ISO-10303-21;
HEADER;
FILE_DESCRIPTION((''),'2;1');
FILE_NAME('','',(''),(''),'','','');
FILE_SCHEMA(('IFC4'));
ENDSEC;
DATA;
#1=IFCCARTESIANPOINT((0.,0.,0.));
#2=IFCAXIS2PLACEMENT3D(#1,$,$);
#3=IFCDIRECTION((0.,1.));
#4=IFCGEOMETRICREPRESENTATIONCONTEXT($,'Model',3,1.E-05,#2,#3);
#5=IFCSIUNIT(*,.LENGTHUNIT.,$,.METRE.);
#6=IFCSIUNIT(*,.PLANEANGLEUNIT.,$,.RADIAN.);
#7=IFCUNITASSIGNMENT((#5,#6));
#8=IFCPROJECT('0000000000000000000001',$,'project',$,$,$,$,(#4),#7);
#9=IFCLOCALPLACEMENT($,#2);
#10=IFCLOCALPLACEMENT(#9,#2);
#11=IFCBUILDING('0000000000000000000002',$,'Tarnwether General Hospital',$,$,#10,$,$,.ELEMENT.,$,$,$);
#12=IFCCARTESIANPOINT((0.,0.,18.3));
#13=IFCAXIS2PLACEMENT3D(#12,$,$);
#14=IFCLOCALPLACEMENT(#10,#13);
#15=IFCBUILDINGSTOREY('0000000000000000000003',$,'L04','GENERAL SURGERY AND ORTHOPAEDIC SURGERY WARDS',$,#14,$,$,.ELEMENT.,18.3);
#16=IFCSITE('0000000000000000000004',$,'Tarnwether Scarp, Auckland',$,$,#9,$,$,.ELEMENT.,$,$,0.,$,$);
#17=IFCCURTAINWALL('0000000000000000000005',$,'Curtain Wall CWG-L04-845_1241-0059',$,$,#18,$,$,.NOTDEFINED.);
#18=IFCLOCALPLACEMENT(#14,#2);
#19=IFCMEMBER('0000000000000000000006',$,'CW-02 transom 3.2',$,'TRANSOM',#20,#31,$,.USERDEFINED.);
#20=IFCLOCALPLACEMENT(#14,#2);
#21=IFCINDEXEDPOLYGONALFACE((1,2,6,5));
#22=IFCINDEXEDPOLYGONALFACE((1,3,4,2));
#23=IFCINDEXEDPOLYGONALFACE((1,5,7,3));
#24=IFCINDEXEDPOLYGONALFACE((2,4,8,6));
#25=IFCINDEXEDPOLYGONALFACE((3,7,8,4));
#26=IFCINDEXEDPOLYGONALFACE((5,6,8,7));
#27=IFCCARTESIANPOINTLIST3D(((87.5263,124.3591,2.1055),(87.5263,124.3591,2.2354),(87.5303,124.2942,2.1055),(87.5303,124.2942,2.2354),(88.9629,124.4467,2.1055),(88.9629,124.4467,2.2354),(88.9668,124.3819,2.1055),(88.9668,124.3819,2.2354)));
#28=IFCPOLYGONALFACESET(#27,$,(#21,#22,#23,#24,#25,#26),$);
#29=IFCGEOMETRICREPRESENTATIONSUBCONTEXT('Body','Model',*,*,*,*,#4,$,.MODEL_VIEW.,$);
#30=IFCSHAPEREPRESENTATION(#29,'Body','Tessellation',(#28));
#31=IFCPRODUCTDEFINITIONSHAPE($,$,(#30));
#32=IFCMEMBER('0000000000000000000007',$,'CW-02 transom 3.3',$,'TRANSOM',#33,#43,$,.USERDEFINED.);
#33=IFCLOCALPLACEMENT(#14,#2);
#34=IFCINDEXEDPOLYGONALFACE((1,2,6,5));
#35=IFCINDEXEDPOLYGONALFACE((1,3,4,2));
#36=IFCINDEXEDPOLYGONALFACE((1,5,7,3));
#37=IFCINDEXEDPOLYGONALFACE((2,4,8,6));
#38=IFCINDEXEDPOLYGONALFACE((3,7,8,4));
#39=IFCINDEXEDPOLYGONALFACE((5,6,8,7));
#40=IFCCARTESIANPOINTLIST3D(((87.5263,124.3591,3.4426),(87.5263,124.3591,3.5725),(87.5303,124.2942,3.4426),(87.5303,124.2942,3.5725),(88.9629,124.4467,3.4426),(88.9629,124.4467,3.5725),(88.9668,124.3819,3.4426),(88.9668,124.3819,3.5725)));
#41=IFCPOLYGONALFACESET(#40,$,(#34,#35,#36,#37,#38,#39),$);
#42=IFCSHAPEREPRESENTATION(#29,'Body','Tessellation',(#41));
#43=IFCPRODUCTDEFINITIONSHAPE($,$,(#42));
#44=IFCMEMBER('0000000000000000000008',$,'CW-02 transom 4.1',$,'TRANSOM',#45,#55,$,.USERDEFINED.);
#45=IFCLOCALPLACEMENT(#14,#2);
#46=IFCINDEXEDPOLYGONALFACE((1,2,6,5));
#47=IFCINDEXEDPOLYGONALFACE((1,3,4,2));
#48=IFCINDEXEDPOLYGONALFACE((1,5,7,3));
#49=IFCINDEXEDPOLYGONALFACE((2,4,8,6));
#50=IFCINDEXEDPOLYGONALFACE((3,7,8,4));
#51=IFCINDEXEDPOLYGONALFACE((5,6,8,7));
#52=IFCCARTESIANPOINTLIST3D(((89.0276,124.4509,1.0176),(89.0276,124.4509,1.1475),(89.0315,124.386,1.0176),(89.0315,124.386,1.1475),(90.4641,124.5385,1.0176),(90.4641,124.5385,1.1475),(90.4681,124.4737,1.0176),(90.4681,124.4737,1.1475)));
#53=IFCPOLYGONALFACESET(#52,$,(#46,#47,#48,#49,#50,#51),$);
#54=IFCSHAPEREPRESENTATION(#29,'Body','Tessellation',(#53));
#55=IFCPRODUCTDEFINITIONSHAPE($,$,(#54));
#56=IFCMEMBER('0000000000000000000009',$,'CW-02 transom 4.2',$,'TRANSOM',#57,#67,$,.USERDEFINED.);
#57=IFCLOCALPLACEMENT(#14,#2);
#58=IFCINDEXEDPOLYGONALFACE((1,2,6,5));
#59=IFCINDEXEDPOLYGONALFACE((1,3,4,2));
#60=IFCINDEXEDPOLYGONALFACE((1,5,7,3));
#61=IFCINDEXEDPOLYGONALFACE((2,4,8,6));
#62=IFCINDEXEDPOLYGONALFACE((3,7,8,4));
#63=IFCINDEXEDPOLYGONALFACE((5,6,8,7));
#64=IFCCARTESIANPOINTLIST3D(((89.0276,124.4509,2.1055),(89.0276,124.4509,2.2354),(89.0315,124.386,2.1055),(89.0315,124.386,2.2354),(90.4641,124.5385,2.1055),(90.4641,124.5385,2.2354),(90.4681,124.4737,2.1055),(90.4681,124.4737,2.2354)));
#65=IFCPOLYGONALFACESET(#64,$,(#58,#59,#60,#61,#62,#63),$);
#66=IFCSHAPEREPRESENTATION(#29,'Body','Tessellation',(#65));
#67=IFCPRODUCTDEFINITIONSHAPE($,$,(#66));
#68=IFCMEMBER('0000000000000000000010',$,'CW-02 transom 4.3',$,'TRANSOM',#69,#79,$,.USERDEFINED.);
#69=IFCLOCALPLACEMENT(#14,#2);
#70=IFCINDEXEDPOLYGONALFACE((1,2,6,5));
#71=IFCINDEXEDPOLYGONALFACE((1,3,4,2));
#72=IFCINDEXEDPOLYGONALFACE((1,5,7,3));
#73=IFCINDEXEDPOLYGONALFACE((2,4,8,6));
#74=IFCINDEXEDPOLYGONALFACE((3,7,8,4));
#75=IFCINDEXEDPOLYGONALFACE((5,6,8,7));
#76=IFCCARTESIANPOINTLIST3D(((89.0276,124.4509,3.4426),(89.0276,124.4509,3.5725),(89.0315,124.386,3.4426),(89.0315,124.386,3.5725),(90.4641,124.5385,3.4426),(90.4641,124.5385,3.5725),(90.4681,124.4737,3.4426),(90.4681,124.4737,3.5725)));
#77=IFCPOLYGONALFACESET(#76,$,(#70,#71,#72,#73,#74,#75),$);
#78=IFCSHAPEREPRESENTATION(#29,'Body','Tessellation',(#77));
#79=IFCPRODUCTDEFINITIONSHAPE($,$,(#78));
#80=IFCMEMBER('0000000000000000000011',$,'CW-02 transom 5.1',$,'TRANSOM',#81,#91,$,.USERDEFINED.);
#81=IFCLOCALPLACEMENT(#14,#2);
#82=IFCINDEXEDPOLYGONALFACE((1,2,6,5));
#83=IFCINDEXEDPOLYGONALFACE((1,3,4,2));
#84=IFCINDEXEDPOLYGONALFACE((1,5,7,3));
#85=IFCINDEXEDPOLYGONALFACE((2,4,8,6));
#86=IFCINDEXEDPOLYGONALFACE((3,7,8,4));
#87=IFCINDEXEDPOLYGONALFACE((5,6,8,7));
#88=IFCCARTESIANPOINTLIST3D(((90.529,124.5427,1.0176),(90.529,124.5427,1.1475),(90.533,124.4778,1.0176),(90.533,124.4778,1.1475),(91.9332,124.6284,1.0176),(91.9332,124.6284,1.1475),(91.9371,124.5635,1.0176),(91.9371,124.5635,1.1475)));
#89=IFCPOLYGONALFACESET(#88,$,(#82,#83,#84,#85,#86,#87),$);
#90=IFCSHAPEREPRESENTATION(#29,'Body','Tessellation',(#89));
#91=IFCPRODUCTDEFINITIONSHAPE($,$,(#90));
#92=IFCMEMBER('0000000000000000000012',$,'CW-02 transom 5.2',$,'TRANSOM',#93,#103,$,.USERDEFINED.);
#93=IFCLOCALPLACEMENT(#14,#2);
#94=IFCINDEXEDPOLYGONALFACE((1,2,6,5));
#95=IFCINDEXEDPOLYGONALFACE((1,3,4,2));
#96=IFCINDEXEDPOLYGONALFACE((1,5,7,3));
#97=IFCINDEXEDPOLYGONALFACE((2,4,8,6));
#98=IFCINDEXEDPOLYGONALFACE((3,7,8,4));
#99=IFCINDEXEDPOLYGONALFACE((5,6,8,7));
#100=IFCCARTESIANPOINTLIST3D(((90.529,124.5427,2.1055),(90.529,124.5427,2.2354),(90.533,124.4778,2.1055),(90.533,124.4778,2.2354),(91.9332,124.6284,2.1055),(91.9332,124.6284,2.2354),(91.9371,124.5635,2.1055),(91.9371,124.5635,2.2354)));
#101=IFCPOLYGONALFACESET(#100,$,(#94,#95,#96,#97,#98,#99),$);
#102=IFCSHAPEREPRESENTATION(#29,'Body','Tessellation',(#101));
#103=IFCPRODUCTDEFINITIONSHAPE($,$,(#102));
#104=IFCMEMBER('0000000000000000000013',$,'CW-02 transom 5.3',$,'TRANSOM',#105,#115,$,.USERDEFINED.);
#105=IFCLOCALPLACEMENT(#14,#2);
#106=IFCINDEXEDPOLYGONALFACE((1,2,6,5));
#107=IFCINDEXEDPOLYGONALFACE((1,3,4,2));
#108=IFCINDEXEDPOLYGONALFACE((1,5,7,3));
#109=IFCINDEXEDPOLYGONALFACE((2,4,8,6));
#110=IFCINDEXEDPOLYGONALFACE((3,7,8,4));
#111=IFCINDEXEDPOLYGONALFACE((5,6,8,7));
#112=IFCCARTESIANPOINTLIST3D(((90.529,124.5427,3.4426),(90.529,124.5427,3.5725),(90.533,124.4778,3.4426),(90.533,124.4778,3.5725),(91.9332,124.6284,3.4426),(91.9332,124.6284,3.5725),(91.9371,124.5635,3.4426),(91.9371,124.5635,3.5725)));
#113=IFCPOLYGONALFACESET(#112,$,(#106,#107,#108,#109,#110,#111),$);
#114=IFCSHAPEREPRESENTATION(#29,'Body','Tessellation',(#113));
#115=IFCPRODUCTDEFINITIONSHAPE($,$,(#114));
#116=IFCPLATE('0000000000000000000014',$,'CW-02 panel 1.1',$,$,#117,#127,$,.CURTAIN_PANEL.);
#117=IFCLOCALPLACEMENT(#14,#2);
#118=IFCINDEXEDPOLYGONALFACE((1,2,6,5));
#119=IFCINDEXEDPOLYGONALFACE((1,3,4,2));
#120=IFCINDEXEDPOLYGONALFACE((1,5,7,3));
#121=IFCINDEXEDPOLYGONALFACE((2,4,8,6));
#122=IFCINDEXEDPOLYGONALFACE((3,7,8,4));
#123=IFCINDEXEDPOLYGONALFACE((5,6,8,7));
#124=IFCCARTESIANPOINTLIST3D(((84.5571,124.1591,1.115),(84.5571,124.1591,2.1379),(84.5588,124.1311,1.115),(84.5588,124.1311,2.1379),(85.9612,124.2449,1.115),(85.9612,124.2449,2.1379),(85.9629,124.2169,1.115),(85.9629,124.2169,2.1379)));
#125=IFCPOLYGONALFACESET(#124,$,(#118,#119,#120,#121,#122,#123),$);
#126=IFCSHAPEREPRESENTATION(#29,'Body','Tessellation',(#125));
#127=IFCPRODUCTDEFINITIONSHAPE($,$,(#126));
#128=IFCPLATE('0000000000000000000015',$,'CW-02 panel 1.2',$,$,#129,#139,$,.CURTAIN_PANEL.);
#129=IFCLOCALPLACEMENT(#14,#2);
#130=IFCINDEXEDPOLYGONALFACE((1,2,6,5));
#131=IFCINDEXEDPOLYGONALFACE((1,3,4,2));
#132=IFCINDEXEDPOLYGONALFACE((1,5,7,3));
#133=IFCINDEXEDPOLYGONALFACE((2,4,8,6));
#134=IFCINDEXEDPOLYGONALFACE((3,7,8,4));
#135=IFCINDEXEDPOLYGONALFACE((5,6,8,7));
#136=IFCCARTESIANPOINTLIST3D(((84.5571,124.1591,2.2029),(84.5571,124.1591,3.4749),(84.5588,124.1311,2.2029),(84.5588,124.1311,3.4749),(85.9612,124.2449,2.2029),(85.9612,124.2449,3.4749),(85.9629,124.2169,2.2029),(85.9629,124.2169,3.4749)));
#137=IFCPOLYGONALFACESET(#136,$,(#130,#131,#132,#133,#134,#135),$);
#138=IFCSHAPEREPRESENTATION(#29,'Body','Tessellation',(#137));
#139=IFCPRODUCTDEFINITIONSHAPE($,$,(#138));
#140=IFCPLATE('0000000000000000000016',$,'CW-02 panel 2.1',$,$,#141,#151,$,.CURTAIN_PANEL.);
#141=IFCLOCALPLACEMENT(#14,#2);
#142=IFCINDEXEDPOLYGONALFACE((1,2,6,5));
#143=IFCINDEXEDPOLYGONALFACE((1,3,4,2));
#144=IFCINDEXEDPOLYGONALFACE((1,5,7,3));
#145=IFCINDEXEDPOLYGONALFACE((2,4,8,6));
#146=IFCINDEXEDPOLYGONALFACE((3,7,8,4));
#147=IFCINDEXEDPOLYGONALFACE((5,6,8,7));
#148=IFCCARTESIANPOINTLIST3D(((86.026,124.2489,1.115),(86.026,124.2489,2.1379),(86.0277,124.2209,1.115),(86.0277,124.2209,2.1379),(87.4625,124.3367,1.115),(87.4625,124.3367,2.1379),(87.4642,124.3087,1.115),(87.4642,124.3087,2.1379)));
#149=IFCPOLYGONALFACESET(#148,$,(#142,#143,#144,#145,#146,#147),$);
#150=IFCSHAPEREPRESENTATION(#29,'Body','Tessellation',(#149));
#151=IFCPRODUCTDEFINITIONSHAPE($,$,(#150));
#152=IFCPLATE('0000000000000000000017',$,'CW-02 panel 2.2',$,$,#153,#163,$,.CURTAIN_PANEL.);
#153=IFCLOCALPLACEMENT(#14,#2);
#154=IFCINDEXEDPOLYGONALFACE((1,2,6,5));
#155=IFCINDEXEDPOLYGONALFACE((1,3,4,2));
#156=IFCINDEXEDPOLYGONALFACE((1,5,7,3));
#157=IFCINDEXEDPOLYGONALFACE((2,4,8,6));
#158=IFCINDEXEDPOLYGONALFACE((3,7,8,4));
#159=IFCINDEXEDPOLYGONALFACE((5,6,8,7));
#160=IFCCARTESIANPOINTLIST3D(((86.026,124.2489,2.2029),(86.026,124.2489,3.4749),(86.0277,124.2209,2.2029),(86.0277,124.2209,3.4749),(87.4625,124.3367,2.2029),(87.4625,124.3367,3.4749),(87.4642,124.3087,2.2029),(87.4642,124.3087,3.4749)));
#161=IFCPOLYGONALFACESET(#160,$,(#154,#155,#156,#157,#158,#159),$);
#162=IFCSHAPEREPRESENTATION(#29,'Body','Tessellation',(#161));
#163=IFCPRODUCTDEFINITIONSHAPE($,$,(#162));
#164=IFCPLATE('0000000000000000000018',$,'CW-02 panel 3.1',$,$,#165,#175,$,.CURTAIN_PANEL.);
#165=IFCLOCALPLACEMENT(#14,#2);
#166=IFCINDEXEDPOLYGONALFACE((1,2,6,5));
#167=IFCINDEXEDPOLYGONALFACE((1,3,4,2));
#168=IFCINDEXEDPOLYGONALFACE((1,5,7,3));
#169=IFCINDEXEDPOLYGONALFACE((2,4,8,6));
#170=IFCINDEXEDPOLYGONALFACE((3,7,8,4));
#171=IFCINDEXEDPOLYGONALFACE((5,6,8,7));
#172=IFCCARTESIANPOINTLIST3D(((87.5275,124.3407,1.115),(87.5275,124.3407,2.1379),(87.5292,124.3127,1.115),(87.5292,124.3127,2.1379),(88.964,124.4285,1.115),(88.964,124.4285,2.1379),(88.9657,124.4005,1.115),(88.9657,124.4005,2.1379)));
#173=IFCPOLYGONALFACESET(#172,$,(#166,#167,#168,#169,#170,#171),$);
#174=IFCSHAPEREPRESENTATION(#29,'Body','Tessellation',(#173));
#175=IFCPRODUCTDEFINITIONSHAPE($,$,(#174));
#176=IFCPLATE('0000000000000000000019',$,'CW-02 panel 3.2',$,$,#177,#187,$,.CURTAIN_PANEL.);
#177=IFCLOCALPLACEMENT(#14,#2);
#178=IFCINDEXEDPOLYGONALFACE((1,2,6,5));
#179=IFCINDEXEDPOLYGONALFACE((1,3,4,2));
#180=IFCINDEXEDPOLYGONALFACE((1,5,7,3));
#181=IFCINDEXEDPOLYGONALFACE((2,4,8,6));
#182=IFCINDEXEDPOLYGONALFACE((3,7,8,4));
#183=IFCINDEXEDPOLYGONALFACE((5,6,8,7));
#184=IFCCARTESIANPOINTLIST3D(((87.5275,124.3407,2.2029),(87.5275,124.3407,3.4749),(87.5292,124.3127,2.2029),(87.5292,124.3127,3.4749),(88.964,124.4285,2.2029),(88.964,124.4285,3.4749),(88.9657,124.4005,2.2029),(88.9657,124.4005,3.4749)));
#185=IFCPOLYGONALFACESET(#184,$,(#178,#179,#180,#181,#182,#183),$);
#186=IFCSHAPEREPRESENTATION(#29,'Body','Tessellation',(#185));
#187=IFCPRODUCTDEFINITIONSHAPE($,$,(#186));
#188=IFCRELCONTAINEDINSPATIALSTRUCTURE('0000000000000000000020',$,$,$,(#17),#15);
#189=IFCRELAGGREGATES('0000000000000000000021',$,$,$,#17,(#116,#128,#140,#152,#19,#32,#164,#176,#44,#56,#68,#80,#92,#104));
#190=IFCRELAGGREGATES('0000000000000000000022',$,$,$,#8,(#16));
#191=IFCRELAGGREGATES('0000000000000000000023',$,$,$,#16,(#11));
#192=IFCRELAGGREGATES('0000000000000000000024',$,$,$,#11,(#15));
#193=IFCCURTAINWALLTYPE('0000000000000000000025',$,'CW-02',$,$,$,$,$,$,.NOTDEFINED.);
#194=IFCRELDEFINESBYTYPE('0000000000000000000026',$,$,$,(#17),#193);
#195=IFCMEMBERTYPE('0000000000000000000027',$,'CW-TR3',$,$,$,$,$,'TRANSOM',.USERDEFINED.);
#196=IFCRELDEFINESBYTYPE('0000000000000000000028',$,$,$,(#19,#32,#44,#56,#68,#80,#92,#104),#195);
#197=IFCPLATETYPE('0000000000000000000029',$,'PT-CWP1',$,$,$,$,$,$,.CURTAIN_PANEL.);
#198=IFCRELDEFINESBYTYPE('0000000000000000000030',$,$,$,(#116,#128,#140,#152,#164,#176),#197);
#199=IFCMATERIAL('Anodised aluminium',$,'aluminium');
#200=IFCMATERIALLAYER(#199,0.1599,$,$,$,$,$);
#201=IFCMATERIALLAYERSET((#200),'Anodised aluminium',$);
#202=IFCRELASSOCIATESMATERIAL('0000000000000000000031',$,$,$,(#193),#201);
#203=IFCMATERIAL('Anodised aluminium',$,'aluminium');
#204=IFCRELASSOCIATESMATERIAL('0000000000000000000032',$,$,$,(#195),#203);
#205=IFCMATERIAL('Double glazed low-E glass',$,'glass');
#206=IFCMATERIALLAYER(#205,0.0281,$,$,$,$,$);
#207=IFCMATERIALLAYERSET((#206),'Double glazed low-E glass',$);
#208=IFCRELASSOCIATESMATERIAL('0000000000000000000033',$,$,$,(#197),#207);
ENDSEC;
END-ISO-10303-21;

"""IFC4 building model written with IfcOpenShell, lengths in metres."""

from ifc_helpers import new_model, si_unit, direction, frame, origin, origin_2d, place, context, subcontext, project, spatial, rectangle, extrude, material, layer, layer_set, material_profile, profile_set, type_object, element, aggregate, save


model = new_model("IFC4")

# Units and contexts
model_context = context("Model", 3, precision=1e-05, world=origin(), true_north=direction((0.0, 1.0)))
body_context = subcontext(model_context, "Body", "Model", "MODEL_VIEW")
ifc_project = project(units=[si_unit("LENGTHUNIT", "METRE"), si_unit("PLANEANGLEUNIT", "RADIAN")], contexts=[model_context])

# Site, building, storey
site_placement = place(None, origin())
site = spatial("IfcSite", under=ifc_project, at=site_placement, Name="Tarnwether Scarp, Auckland", CompositionType="ELEMENT", RefElevation=0.0)
building_placement = place(site_placement, origin())
building = spatial("IfcBuilding", under=site, at=building_placement, Name="Tarnwether General Hospital", CompositionType="ELEMENT")
storey_placement = place(building_placement, frame((0.0, 0.0, 18.3)))
storey = spatial("IfcBuildingStorey", under=building, at=storey_placement, Name="L04", Description="GENERAL SURGERY AND ORTHOPAEDIC SURGERY WARDS", CompositionType="ELEMENT", Elevation=18.3)

# Curtain wall
ifc_material_1 = material(Name="Anodised aluminium", Category="aluminium")
ifc_layer_1 = layer(ifc_material_1, 0.1599)
ifc_layer_set_1 = layer_set([ifc_layer_1], Name="Anodised aluminium")
curtain_wall_type = type_object("IfcCurtainWallType", Name="CW-02", PredefinedType="NOTDEFINED", material=ifc_layer_set_1)
curtain_wall_1_placement = place(storey_placement, origin())
curtain_wall_1 = element("IfcCurtainWall", 1, at=curtain_wall_1_placement, inside=storey, type_object=curtain_wall_type, Name="Curtain Wall CWG-L04-845_1241-0059", PredefinedType="NOTDEFINED")

# Members
ifc_material_2 = material(Name="Anodised aluminium", Category="aluminium")
ifc_material_profile_1 = material_profile(ifc_material_2, rectangle(XDim=0.0649, YDim=0.1299, at=origin_2d()), Name="ALU-TRN-65x130")
ifc_profile_set_1 = profile_set([ifc_material_profile_1], Name="Anodised aluminium")
member_type_1 = type_object("IfcMemberType", Name="CW-TR3", ElementType="TRANSOM", PredefinedType="USERDEFINED", material=ifc_profile_set_1)
member_1_placement = place(storey_placement, frame((87.5283, 124.3267, 2.1704), z_axis=(0.998144, 0.0609, 0.0), x_axis=(-0.0609, 0.998144, 0.0)))
member_1 = element("IfcMember", 2, at=member_1_placement, type_object=member_type_1, Name="CW-02 transom 3.2", ObjectType="TRANSOM", PredefinedType="USERDEFINED", context=body_context, shape_type="SweptSolid", body=[
    extrude(rectangle(XDim=0.0649, YDim=0.1299, at=origin_2d()), origin(), (0.0, 0.0, 1.0), 1.4392),
])
member_2_placement = place(storey_placement, frame((87.5283, 124.3267, 3.5076), z_axis=(0.998144, 0.0609, 0.0), x_axis=(-0.0609, 0.998144, 0.0)))
member_2 = element("IfcMember", 3, at=member_2_placement, type_object=member_type_1, Name="CW-02 transom 3.3", ObjectType="TRANSOM", PredefinedType="USERDEFINED", context=body_context, shape_type="SweptSolid", body=[
    extrude(rectangle(XDim=0.0649, YDim=0.1299, at=origin_2d()), origin(), (0.0, 0.0, 1.0), 1.4392),
])
member_3_placement = place(storey_placement, frame((89.0295, 124.4185, 1.0825), z_axis=(0.998144, 0.0609, 0.0), x_axis=(-0.0609, 0.998144, 0.0)))
member_3 = element("IfcMember", 4, at=member_3_placement, type_object=member_type_1, Name="CW-02 transom 4.1", ObjectType="TRANSOM", PredefinedType="USERDEFINED", context=body_context, shape_type="SweptSolid", body=[
    extrude(rectangle(XDim=0.0649, YDim=0.1299, at=origin_2d()), origin(), (0.0, 0.0, 1.0), 1.4392),
])
member_4_placement = place(storey_placement, frame((89.0295, 124.4185, 2.1704), z_axis=(0.998144, 0.0609, 0.0), x_axis=(-0.0609, 0.998144, 0.0)))
member_4 = element("IfcMember", 5, at=member_4_placement, type_object=member_type_1, Name="CW-02 transom 4.2", ObjectType="TRANSOM", PredefinedType="USERDEFINED", context=body_context, shape_type="SweptSolid", body=[
    extrude(rectangle(XDim=0.0649, YDim=0.1299, at=origin_2d()), origin(), (0.0, 0.0, 1.0), 1.4392),
])
member_5_placement = place(storey_placement, frame((89.0295, 124.4185, 3.5076), z_axis=(0.998144, 0.0609, 0.0), x_axis=(-0.0609, 0.998144, 0.0)))
member_5 = element("IfcMember", 6, at=member_5_placement, type_object=member_type_1, Name="CW-02 transom 4.3", ObjectType="TRANSOM", PredefinedType="USERDEFINED", context=body_context, shape_type="SweptSolid", body=[
    extrude(rectangle(XDim=0.0649, YDim=0.1299, at=origin_2d()), origin(), (0.0, 0.0, 1.0), 1.4392),
])
member_6_placement = place(storey_placement, frame((90.531, 124.5103, 1.0825), z_axis=(0.998143, 0.06092, 0.0), x_axis=(-0.06092, 0.998143, 0.0)))
member_6 = element("IfcMember", 7, at=member_6_placement, type_object=member_type_1, Name="CW-02 transom 5.1", ObjectType="TRANSOM", PredefinedType="USERDEFINED", context=body_context, shape_type="SweptSolid", body=[
    extrude(rectangle(XDim=0.0649, YDim=0.1299, at=origin_2d()), origin(), (0.0, 0.0, 1.0), 1.4067),
])
member_7_placement = place(storey_placement, frame((90.531, 124.5103, 2.1704), z_axis=(0.998143, 0.06092, 0.0), x_axis=(-0.06092, 0.998143, 0.0)))
member_7 = element("IfcMember", 8, at=member_7_placement, type_object=member_type_1, Name="CW-02 transom 5.2", ObjectType="TRANSOM", PredefinedType="USERDEFINED", context=body_context, shape_type="SweptSolid", body=[
    extrude(rectangle(XDim=0.0649, YDim=0.1299, at=origin_2d()), origin(), (0.0, 0.0, 1.0), 1.4067),
])
member_8_placement = place(storey_placement, frame((90.531, 124.5103, 3.5076), z_axis=(0.998143, 0.06092, 0.0), x_axis=(-0.06092, 0.998143, 0.0)))
member_8 = element("IfcMember", 9, at=member_8_placement, type_object=member_type_1, Name="CW-02 transom 5.3", ObjectType="TRANSOM", PredefinedType="USERDEFINED", context=body_context, shape_type="SweptSolid", body=[
    extrude(rectangle(XDim=0.0649, YDim=0.1299, at=origin_2d()), origin(), (0.0, 0.0, 1.0), 1.4067),
])

# Plates
ifc_material_3 = material(Name="Double glazed low-E glass", Category="glass")
ifc_layer_2 = layer(ifc_material_3, 0.0281)
ifc_layer_set_2 = layer_set([ifc_layer_2], Name="Double glazed low-E glass")
plate_type_1 = type_object("IfcPlateType", Name="PT-CWP1", PredefinedType="CURTAIN_PANEL", material=ifc_layer_set_2)
plate_1_placement = place(storey_placement, frame((85.26, 124.188, 1.115), z_axis=(0.0, 0.0, 1.0), x_axis=(0.998136, 0.061029, 0.0)))
plate_1 = element("IfcPlate", 10, at=plate_1_placement, type_object=plate_type_1, Name="CW-02 panel 1.1", PredefinedType="CURTAIN_PANEL", context=body_context, shape_type="SweptSolid", body=[
    extrude(rectangle(XDim=1.4067, YDim=0.0281, at=origin_2d()), origin(), (0.0, 0.0, 1.0), 1.0229),
])
plate_2_placement = place(storey_placement, frame((85.26, 124.188, 2.2029), z_axis=(0.0, 0.0, 1.0), x_axis=(0.998136, 0.061029, 0.0)))
plate_2 = element("IfcPlate", 11, at=plate_2_placement, type_object=plate_type_1, Name="CW-02 panel 1.2", PredefinedType="CURTAIN_PANEL", context=body_context, shape_type="SweptSolid", body=[
    extrude(rectangle(XDim=1.4067, YDim=0.0281, at=origin_2d()), origin(), (0.0, 0.0, 1.0), 1.272),
])
plate_3_placement = place(storey_placement, frame((86.7451, 124.2788, 1.115), z_axis=(0.0, 0.0, 1.0), x_axis=(0.998136, 0.061029, 0.0)))
plate_3 = element("IfcPlate", 12, at=plate_3_placement, type_object=plate_type_1, Name="CW-02 panel 2.1", PredefinedType="CURTAIN_PANEL", context=body_context, shape_type="SweptSolid", body=[
    extrude(rectangle(XDim=1.4392, YDim=0.0281, at=origin_2d()), origin(), (0.0, 0.0, 1.0), 1.0229),
])
plate_4_placement = place(storey_placement, frame((86.7451, 124.2788, 2.2029), z_axis=(0.0, 0.0, 1.0), x_axis=(0.998136, 0.061029, 0.0)))
plate_4 = element("IfcPlate", 13, at=plate_4_placement, type_object=plate_type_1, Name="CW-02 panel 2.2", PredefinedType="CURTAIN_PANEL", context=body_context, shape_type="SweptSolid", body=[
    extrude(rectangle(XDim=1.4392, YDim=0.0281, at=origin_2d()), origin(), (0.0, 0.0, 1.0), 1.272),
])
plate_5_placement = place(storey_placement, frame((88.2466, 124.3706, 1.115), z_axis=(0.0, 0.0, 1.0), x_axis=(0.998136, 0.061029, 0.0)))
plate_5 = element("IfcPlate", 14, at=plate_5_placement, type_object=plate_type_1, Name="CW-02 panel 3.1", PredefinedType="CURTAIN_PANEL", context=body_context, shape_type="SweptSolid", body=[
    extrude(rectangle(XDim=1.4392, YDim=0.0281, at=origin_2d()), origin(), (0.0, 0.0, 1.0), 1.0229),
])
plate_6_placement = place(storey_placement, frame((88.2466, 124.3706, 2.2029), z_axis=(0.0, 0.0, 1.0), x_axis=(0.998136, 0.061029, 0.0)))
plate_6 = element("IfcPlate", 15, at=plate_6_placement, type_object=plate_type_1, Name="CW-02 panel 3.2", PredefinedType="CURTAIN_PANEL", context=body_context, shape_type="SweptSolid", body=[
    extrude(rectangle(XDim=1.4392, YDim=0.0281, at=origin_2d()), origin(), (0.0, 0.0, 1.0), 1.272),
])
aggregate(curtain_wall_1, [plate_1, plate_2, plate_3, plate_4, member_1, member_2, plate_5, plate_6, member_3, member_4, member_5, member_6, member_7, member_8])

save(model, "model.ifc")
